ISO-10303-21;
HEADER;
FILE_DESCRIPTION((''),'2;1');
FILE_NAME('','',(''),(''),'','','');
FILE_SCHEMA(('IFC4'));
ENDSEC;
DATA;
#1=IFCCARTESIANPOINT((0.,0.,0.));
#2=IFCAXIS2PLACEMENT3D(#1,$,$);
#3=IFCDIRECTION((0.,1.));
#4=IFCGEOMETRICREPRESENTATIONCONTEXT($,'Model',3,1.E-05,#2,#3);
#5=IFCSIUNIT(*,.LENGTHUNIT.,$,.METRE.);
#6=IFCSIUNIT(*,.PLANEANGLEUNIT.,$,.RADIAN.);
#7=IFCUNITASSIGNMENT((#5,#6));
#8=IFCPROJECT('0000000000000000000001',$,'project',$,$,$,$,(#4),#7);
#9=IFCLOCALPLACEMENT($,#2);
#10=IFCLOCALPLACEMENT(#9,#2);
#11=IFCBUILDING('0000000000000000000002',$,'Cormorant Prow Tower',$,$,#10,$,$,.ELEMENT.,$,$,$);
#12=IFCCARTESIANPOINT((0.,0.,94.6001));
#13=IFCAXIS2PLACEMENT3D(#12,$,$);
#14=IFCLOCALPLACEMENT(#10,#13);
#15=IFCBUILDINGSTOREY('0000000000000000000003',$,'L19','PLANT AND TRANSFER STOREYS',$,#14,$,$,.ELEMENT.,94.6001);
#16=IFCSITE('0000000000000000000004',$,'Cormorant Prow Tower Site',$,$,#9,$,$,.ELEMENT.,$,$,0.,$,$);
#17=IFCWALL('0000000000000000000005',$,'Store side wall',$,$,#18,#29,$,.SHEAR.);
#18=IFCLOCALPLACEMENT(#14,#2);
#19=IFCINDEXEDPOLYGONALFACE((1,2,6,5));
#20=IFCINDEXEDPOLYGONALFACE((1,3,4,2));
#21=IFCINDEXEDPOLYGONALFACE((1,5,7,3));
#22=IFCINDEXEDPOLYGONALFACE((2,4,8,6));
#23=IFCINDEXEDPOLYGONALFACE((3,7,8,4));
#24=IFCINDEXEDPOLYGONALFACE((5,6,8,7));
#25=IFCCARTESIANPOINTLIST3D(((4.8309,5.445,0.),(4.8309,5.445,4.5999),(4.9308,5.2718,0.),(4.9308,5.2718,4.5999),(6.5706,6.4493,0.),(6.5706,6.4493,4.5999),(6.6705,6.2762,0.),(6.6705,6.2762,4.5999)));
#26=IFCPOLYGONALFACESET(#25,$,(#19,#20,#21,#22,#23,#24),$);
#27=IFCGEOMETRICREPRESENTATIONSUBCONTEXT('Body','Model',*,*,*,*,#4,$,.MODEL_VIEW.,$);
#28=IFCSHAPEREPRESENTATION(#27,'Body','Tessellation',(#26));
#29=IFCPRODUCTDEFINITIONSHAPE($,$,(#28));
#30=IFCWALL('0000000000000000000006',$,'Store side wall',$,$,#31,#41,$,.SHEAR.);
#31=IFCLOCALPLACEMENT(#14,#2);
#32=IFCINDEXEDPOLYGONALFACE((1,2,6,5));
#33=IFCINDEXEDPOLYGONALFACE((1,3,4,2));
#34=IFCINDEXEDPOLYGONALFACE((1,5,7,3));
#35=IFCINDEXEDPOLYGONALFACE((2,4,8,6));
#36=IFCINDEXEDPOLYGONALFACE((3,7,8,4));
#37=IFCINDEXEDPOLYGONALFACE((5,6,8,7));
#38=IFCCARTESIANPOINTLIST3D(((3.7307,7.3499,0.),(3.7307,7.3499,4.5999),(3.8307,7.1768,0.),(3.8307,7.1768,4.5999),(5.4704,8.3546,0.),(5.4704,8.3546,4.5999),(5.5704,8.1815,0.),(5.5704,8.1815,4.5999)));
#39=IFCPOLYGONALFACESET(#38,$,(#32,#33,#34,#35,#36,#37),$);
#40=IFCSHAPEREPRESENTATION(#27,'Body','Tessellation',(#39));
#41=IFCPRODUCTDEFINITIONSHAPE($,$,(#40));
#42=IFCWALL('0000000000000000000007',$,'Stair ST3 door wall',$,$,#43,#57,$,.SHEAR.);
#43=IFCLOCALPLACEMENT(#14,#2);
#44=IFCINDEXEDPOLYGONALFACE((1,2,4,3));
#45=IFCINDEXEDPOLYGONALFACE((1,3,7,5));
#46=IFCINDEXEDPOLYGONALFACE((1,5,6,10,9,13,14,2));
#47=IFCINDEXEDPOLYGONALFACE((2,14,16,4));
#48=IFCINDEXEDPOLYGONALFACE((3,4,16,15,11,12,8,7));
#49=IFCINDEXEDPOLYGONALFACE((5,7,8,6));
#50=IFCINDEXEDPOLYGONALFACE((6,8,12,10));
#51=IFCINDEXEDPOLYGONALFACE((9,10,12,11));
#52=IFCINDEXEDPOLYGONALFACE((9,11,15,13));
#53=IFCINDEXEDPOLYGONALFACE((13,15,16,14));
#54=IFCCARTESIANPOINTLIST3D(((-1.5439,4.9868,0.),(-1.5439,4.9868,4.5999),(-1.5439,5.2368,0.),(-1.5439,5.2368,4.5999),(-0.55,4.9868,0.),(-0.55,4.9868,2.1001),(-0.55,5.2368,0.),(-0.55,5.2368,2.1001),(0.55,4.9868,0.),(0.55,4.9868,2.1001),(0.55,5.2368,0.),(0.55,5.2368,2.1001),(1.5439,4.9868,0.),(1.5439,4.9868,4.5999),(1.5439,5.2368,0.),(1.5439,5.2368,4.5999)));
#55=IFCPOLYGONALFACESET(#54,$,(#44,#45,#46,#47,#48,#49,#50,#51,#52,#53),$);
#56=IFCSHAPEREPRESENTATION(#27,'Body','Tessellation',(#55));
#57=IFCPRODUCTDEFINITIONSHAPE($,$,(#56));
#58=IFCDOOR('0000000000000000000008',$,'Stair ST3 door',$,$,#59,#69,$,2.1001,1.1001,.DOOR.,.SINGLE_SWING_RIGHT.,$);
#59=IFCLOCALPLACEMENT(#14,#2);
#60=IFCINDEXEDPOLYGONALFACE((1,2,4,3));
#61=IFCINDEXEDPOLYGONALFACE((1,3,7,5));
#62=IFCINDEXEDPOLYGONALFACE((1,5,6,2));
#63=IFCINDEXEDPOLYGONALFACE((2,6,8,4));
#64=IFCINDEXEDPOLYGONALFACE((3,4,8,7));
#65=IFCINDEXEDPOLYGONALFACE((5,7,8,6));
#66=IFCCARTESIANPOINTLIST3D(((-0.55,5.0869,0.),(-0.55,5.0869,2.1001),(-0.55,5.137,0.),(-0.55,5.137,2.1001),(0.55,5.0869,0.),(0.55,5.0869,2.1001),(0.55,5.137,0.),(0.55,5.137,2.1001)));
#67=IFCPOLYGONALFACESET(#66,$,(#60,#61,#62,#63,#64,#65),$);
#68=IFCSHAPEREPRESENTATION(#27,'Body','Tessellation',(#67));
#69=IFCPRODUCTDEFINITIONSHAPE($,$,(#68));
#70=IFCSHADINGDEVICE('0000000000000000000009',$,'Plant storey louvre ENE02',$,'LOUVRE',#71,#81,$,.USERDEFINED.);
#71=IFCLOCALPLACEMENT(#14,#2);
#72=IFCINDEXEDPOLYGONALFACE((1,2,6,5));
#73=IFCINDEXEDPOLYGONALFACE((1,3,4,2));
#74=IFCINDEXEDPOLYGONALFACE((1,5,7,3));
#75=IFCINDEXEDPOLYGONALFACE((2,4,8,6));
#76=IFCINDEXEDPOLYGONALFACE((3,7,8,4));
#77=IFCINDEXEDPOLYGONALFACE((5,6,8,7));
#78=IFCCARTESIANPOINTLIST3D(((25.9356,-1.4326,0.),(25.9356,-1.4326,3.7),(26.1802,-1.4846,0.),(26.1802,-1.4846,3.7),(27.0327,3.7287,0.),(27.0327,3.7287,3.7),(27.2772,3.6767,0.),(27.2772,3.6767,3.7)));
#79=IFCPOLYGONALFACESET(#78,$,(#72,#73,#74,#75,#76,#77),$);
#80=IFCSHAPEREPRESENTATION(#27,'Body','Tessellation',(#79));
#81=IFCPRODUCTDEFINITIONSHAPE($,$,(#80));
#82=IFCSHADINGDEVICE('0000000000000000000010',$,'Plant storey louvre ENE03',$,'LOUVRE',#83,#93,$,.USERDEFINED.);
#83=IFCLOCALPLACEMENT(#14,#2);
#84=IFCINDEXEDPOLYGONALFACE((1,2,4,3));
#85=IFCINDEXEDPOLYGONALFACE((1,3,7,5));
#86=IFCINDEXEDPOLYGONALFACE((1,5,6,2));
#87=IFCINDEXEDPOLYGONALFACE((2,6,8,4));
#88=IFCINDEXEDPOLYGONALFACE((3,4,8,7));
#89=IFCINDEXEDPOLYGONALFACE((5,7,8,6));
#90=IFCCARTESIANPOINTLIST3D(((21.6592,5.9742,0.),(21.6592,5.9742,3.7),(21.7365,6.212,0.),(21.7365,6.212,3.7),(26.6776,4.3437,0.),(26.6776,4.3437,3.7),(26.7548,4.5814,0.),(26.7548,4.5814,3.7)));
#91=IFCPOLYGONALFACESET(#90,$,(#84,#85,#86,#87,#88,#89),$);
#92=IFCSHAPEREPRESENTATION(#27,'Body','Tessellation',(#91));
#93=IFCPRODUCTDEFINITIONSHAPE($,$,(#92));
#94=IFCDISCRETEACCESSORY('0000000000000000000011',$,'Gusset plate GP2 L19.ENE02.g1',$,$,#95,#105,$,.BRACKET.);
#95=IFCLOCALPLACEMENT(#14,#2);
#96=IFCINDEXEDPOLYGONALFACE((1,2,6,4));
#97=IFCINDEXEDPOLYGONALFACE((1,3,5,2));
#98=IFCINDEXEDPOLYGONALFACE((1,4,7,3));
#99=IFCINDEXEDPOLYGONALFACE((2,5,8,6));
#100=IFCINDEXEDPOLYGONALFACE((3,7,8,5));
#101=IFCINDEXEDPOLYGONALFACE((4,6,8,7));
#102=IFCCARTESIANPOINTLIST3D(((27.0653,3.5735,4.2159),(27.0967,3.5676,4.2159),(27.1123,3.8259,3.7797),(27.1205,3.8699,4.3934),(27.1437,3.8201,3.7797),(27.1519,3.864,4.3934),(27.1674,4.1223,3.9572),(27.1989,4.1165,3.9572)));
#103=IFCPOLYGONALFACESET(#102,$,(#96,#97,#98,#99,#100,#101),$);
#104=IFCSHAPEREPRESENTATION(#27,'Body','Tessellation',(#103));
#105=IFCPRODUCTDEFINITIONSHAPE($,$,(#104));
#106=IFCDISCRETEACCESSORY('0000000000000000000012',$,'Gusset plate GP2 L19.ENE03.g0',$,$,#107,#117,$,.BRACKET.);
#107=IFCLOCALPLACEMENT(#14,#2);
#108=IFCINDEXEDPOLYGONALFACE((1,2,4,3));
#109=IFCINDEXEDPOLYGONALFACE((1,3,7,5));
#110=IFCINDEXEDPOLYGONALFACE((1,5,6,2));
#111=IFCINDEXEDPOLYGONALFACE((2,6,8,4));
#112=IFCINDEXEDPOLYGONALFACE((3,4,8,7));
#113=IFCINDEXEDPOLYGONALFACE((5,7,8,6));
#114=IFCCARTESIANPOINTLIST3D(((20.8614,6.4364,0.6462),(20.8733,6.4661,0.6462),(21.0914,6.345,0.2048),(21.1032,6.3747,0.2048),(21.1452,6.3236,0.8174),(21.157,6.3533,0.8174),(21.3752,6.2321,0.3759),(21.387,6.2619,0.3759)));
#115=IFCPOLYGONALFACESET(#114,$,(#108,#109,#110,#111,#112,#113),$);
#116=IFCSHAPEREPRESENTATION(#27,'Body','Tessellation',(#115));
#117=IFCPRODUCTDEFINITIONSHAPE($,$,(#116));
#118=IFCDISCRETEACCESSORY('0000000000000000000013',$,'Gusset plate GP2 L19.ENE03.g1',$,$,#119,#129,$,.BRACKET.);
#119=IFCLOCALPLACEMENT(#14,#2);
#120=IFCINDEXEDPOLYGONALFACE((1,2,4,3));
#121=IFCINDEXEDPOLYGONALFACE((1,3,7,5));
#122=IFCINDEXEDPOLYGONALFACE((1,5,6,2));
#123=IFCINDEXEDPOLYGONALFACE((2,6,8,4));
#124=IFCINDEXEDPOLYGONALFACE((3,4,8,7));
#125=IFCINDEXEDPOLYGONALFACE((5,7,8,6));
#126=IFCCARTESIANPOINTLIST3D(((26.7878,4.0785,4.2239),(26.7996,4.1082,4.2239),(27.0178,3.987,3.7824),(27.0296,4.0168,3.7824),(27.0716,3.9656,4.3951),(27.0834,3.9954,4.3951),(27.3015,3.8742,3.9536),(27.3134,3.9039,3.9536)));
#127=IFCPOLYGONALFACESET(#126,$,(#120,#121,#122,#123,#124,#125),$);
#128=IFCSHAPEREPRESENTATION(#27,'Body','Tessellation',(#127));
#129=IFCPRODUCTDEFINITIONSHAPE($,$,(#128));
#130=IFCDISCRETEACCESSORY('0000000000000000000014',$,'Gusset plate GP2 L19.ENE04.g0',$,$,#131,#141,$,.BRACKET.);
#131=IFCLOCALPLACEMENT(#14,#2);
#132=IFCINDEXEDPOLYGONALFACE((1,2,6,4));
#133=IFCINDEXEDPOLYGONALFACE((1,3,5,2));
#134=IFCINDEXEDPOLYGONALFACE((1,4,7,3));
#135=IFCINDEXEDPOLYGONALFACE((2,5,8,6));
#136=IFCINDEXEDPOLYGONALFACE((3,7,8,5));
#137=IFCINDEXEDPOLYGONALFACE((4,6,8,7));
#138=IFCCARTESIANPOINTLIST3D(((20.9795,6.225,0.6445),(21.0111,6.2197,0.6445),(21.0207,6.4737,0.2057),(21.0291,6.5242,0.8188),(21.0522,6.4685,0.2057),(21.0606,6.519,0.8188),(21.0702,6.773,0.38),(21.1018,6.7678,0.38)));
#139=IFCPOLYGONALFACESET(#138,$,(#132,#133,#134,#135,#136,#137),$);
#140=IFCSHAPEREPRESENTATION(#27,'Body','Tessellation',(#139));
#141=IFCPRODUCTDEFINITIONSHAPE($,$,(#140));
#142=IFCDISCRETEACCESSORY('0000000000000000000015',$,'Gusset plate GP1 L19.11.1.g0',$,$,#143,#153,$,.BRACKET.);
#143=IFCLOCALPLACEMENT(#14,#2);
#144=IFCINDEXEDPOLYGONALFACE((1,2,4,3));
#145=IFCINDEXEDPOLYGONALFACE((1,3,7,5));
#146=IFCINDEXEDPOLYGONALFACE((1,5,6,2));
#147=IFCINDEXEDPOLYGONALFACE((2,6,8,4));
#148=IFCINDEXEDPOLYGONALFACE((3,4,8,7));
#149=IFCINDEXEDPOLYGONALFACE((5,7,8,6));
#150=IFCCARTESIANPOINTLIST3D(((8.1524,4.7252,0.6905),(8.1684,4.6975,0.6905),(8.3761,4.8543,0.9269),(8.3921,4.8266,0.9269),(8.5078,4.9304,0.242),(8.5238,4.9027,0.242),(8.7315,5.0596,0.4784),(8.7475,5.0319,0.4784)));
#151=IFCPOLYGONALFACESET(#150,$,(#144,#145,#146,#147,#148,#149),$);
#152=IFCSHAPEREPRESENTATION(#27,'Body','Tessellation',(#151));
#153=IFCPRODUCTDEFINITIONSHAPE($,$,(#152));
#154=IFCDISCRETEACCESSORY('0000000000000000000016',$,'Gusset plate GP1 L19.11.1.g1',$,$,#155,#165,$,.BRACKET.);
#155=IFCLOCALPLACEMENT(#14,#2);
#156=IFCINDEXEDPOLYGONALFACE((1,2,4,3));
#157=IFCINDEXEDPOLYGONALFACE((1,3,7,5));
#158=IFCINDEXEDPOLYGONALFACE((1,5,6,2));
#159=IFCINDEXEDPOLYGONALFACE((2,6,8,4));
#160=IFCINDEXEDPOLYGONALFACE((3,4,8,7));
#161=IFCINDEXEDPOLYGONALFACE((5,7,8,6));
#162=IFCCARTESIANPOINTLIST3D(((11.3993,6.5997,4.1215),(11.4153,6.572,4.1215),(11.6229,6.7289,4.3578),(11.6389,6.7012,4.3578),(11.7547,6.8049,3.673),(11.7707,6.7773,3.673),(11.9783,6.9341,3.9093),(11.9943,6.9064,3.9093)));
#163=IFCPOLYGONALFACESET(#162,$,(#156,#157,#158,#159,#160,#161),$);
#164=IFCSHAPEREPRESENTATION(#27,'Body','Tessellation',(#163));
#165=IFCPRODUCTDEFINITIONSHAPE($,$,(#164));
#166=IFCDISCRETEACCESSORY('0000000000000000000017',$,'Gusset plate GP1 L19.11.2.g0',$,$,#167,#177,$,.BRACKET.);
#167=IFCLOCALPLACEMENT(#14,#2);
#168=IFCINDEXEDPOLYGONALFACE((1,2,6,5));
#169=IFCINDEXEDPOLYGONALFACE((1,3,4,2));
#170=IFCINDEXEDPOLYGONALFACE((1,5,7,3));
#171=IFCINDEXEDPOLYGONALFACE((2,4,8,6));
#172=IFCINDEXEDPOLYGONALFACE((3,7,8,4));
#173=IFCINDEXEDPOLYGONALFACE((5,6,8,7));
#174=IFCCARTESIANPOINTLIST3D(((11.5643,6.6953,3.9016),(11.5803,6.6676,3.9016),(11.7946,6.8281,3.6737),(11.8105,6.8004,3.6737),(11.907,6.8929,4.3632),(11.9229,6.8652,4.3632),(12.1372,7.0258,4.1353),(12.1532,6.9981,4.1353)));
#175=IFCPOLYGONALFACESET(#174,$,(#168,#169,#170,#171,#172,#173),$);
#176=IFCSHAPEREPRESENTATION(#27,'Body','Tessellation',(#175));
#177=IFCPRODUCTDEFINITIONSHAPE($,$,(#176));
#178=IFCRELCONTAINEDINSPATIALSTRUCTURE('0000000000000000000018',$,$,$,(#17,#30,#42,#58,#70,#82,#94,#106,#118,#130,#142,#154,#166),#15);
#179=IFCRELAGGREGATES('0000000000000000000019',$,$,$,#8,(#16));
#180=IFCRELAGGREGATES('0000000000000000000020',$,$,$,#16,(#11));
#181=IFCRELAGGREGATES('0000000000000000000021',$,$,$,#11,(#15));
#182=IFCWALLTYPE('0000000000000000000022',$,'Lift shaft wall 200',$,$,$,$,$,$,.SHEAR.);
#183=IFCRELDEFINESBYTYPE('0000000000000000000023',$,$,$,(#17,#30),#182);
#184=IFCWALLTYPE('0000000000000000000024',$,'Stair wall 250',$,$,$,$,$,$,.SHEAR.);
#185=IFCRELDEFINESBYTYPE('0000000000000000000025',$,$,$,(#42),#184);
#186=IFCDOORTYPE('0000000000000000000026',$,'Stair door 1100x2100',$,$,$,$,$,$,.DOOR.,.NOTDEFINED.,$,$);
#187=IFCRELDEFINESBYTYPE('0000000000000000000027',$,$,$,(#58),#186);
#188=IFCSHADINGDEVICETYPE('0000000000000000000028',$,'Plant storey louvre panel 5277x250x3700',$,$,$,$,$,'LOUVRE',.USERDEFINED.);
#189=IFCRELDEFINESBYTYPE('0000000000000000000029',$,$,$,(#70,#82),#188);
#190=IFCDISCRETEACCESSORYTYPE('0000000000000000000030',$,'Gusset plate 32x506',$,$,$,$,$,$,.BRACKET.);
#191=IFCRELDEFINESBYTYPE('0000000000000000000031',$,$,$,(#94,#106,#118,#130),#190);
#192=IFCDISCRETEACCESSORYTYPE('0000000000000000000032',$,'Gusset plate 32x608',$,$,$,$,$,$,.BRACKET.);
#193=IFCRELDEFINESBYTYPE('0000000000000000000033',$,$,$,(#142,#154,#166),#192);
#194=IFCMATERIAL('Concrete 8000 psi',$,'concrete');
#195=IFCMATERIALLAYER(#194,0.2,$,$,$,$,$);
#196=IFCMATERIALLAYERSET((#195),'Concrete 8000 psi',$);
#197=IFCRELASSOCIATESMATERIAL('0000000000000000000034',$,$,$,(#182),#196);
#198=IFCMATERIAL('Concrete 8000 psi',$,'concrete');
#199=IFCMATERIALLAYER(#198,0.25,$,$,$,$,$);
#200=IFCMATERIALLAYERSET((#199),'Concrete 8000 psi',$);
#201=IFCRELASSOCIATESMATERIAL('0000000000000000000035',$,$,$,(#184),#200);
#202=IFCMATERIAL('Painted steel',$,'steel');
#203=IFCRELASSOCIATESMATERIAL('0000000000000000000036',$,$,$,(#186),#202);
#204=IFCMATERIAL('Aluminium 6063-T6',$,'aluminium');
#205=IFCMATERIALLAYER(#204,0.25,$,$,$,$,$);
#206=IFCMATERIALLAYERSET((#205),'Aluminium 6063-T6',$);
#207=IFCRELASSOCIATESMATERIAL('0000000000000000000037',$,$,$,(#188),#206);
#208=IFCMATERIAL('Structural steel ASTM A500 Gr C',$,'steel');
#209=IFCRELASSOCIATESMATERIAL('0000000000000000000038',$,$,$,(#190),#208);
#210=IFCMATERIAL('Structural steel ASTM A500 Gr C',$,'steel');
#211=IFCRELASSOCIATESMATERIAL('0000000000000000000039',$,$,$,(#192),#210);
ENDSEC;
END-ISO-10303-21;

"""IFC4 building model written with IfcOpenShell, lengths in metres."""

from ifc_helpers import new_model, si_unit, direction, frame, frame_2d, origin, origin_2d, place, context, subcontext, project, spatial, rectangle, extrude, material, layer, layer_set, material_profile, profile_set, type_object, element, fill, save


model = new_model("IFC4")

# Units and contexts
model_context = context("Model", 3, precision=1e-05, world=origin(), true_north=direction((0.0, 1.0)))
body_context = subcontext(model_context, "Body", "Model", "MODEL_VIEW")
ifc_project = project(units=[si_unit("LENGTHUNIT", "METRE"), si_unit("PLANEANGLEUNIT", "RADIAN")], contexts=[model_context])

# Site, building, storey
site_placement = place(None, origin())
site = spatial("IfcSite", under=ifc_project, at=site_placement, Name="Cormorant Prow Tower Site", CompositionType="ELEMENT", RefElevation=0.0)
building_placement = place(site_placement, origin())
building = spatial("IfcBuilding", under=site, at=building_placement, Name="Cormorant Prow Tower", CompositionType="ELEMENT")
storey_placement = place(building_placement, frame((0.0, 0.0, 94.6001)))
storey = spatial("IfcBuildingStorey", under=building, at=storey_placement, Name="L19", Description="PLANT AND TRANSFER STOREYS", CompositionType="ELEMENT", Elevation=94.6001)

# Walls
ifc_material_1 = material(Name="Concrete 8000 psi", Category="concrete")
ifc_layer_1 = layer(ifc_material_1, 0.2)
ifc_layer_set_1 = layer_set([ifc_layer_1], Name="Concrete 8000 psi")
wall_type_1 = type_object("IfcWallType", Name="Lift shaft wall 200", PredefinedType="SHEAR", material=ifc_layer_set_1)
wall_1_placement = place(storey_placement, frame((4.8809, 5.3584, 0.0), z_axis=(0.0, 0.0, 1.0), x_axis=(0.866036, 0.499982, 0.0)))
element("IfcWall", 1, at=wall_1_placement, inside=storey, type_object=wall_type_1, Name="Store side wall", PredefinedType="SHEAR", context=body_context, shape_type="SweptSolid", body=[
    extrude(rectangle(XDim=2.0088, YDim=0.2, at=frame_2d((1.0044, 0.0))), origin(), (0.0, 0.0, 1.0), 4.5999),
])
wall_2_placement = place(storey_placement, frame((3.7808, 7.2634, 0.0), z_axis=(0.0, 0.0, 1.0), x_axis=(0.865983, 0.500073, 0.0)))
element("IfcWall", 2, at=wall_2_placement, inside=storey, type_object=wall_type_1, Name="Store side wall", PredefinedType="SHEAR", context=body_context, shape_type="SweptSolid", body=[
    extrude(rectangle(XDim=2.009, YDim=0.2, at=frame_2d((1.0044, 0.0))), origin(), (0.0, 0.0, 1.0), 4.5999),
])

# Wall, opening, door
ifc_material_2 = material(Name="Concrete 8000 psi", Category="concrete")
ifc_layer_2 = layer(ifc_material_2, 0.25)
ifc_layer_set_2 = layer_set([ifc_layer_2], Name="Concrete 8000 psi")
wall_type_2 = type_object("IfcWallType", Name="Stair wall 250", PredefinedType="SHEAR", material=ifc_layer_set_2)
wall_3_placement = place(storey_placement, frame((1.5439, 5.1118, 0.0), z_axis=(0.0, 0.0, 1.0), x_axis=(-1.0, 0.0, 0.0)))
wall_3 = element("IfcWall", 3, at=wall_3_placement, inside=storey, type_object=wall_type_2, Name="Stair ST3 door wall", PredefinedType="SHEAR", context=body_context, shape_type="SweptSolid", body=[
    extrude(rectangle(XDim=3.0879, YDim=0.25, at=frame_2d((1.5439, 0.0))), origin(), (0.0, 0.0, 1.0), 4.5999),
])
opening_1_placement = place(wall_3_placement, frame((0.9939, 0.0, 0.0)))
opening_1 = element("IfcOpeningElement", 4, at=opening_1_placement, cuts=wall_3, PredefinedType="OPENING", context=body_context, shape_type="SweptSolid", body=[
    extrude(rectangle(XDim=1.1001, YDim=2.1001, at=frame_2d((0.55, 1.05))), frame((0.0, 0.135, 0.0), z_axis=(0.0, -1.0, 0.0), x_axis=(1.0, 0.0, 0.0)), (0.0, 0.0, 1.0), 0.27),
])
ifc_material_3 = material(Name="Painted steel", Category="steel")
door_type_1 = type_object("IfcDoorType", Name="Stair door 1100x2100", OperationType="NOTDEFINED", PredefinedType="DOOR", material=ifc_material_3)
door_1_placement = place(opening_1_placement, origin())
door_1 = element("IfcDoor", 5, at=door_1_placement, inside=storey, type_object=door_type_1, Name="Stair ST3 door", OperationType="SINGLE_SWING_RIGHT", OverallHeight=2.1001, OverallWidth=1.1001, PredefinedType="DOOR", context=body_context, shape_type="SweptSolid", body=[
    extrude(rectangle(XDim=1.1001, YDim=2.1001, at=frame_2d((0.55, 1.05))), frame((0.0, 0.0249, 0.0), z_axis=(0.0, -1.0, 0.0), x_axis=(1.0, 0.0, 0.0)), (0.0, 0.0, 1.0), 0.05),
])
fill(opening_1, door_1)

# Shading devices
ifc_material_4 = material(Name="Aluminium 6063-T6", Category="aluminium")
ifc_layer_3 = layer(ifc_material_4, 0.25)
ifc_layer_set_3 = layer_set([ifc_layer_3], Name="Aluminium 6063-T6")
shading_device_type = type_object("IfcShadingDeviceType", Name="Plant storey louvre panel 5277x250x3700", ElementType="LOUVRE", PredefinedType="USERDEFINED", material=ifc_layer_set_3)
for number, where, z_axis, x_axis, name in (
    (6, (26.6064, 1.1221, 0.0), (0.0, 0.0, 1.0), (0.207912, 0.978148, 0.0), "Plant storey louvre ENE02"),
    (7, (24.207, 5.2778, 0.0), (0.0, 0.0, 1.0), (-0.951057, 0.309017, 0.0), "Plant storey louvre ENE03"),
):
    element("IfcShadingDevice", number, at=place(storey_placement, frame(where, z_axis=z_axis, x_axis=x_axis)), inside=storey, type_object=shading_device_type, Name=name, ObjectType="LOUVRE", PredefinedType="USERDEFINED", context=body_context, shape_type="SweptSolid", body=[
        extrude(rectangle(XDim=5.2766, YDim=0.25, at=origin_2d()), origin(), (0.0, 0.0, 1.0), 3.7),
    ])

# Discrete accessories
ifc_material_5 = material(Name="Structural steel ASTM A500 Gr C", Category="steel")
ifc_material_profile_1 = material_profile(ifc_material_5, rectangle(XDim=0.032, YDim=0.5061, at=origin_2d()), Name="Gusset plate 32x506")
ifc_profile_set_1 = profile_set([ifc_material_profile_1], Name="Structural steel ASTM A500 Gr C")
discrete_accessory_type_1 = type_object("IfcDiscreteAccessoryType", Name="Gusset plate 32x506", PredefinedType="BRACKET", material=ifc_profile_set_1)
discrete_accessory_1_placement = place(storey_placement, frame((27.1045, 3.6968, 3.9978), z_axis=(0.157714, 0.847192, 0.507338), x_axis=(-0.98311, 0.183017, 0.0)))
element("IfcDiscreteAccessory", 8, at=discrete_accessory_1_placement, inside=storey, type_object=discrete_accessory_type_1, Name="Gusset plate GP2 L19.ENE02.g1", PredefinedType="BRACKET", context=body_context, shape_type="SweptSolid", body=[
    extrude(rectangle(XDim=0.032, YDim=0.5061, at=origin_2d()), origin(), (0.0, 0.0, 1.0), 0.3499),
])
for number, where, z_axis, x_axis, name in (
    (9, (21.2661, 6.2927, 0.5967), (-0.810571, 0.322275, -0.488993), (-0.36946, -0.929247, 0.0), "Gusset plate GP2 L19.ENE03.g0"),
    (10, (26.9087, 4.0476, 4.0032), (0.810571, -0.322275, 0.488993), (0.36946, 0.929247, 0.0), "Gusset plate GP2 L19.ENE03.g1"),
):
    element("IfcDiscreteAccessory", number, at=place(storey_placement, frame(where, z_axis=z_axis, x_axis=x_axis)), inside=storey, type_object=discrete_accessory_type_1, Name=name, PredefinedType="BRACKET", context=body_context, shape_type="SweptSolid", body=[
        extrude(rectangle(XDim=0.032, YDim=0.5061, at=origin_2d()), origin(), (0.0, 0.0, 1.0), 0.3501),
    ])
discrete_accessory_2_placement = place(storey_placement, frame((21.0654, 6.646, 0.5994), z_axis=(-0.14164, -0.855425, -0.498184), x_axis=(0.986567, -0.163355, 0.0)))
element("IfcDiscreteAccessory", 11, at=discrete_accessory_2_placement, inside=storey, type_object=discrete_accessory_type_1, Name="Gusset plate GP2 L19.ENE04.g0", PredefinedType="BRACKET", context=body_context, shape_type="SweptSolid", body=[
    extrude(rectangle(XDim=0.032, YDim=0.5061, at=origin_2d()), origin(), (0.0, 0.0, 1.0), 0.3499),
])
ifc_material_6 = material(Name="Structural steel ASTM A500 Gr C", Category="steel")
ifc_material_profile_2 = material_profile(ifc_material_6, rectangle(XDim=0.032, YDim=0.6079, at=origin_2d()), Name="Gusset plate 32x608")
ifc_profile_set_2 = profile_set([ifc_material_profile_2], Name="Structural steel ASTM A500 Gr C")
discrete_accessory_type_2 = type_object("IfcDiscreteAccessoryType", Name="Gusset plate 32x608", PredefinedType="BRACKET", material=ifc_profile_set_2)
for number, where, z_axis, x_axis, name in (
    (12, (8.5618, 4.9431, 0.7026), (-0.63884, -0.368937, -0.675106), (0.500104, -0.865965, 0.0), "Gusset plate GP1 L19.11.1.g0"),
    (13, (11.585, 6.6885, 3.8972), (0.63884, 0.368937, 0.675106), (-0.500104, 0.865965, 0.0), "Gusset plate GP1 L19.11.1.g1"),
    (14, (11.9739, 6.9131, 3.9045), (-0.65771, -0.379421, 0.650736), (0.499696, -0.866201, 0.0), "Gusset plate GP1 L19.11.2.g0"),
):
    element("IfcDiscreteAccessory", number, at=place(storey_placement, frame(where, z_axis=z_axis, x_axis=x_axis)), inside=storey, type_object=discrete_accessory_type_2, Name=name, PredefinedType="BRACKET", context=body_context, shape_type="SweptSolid", body=[
        extrude(rectangle(XDim=0.032, YDim=0.6079, at=origin_2d()), origin(), (0.0, 0.0, 1.0), 0.3501),
    ])

save(model, "model.ifc")
